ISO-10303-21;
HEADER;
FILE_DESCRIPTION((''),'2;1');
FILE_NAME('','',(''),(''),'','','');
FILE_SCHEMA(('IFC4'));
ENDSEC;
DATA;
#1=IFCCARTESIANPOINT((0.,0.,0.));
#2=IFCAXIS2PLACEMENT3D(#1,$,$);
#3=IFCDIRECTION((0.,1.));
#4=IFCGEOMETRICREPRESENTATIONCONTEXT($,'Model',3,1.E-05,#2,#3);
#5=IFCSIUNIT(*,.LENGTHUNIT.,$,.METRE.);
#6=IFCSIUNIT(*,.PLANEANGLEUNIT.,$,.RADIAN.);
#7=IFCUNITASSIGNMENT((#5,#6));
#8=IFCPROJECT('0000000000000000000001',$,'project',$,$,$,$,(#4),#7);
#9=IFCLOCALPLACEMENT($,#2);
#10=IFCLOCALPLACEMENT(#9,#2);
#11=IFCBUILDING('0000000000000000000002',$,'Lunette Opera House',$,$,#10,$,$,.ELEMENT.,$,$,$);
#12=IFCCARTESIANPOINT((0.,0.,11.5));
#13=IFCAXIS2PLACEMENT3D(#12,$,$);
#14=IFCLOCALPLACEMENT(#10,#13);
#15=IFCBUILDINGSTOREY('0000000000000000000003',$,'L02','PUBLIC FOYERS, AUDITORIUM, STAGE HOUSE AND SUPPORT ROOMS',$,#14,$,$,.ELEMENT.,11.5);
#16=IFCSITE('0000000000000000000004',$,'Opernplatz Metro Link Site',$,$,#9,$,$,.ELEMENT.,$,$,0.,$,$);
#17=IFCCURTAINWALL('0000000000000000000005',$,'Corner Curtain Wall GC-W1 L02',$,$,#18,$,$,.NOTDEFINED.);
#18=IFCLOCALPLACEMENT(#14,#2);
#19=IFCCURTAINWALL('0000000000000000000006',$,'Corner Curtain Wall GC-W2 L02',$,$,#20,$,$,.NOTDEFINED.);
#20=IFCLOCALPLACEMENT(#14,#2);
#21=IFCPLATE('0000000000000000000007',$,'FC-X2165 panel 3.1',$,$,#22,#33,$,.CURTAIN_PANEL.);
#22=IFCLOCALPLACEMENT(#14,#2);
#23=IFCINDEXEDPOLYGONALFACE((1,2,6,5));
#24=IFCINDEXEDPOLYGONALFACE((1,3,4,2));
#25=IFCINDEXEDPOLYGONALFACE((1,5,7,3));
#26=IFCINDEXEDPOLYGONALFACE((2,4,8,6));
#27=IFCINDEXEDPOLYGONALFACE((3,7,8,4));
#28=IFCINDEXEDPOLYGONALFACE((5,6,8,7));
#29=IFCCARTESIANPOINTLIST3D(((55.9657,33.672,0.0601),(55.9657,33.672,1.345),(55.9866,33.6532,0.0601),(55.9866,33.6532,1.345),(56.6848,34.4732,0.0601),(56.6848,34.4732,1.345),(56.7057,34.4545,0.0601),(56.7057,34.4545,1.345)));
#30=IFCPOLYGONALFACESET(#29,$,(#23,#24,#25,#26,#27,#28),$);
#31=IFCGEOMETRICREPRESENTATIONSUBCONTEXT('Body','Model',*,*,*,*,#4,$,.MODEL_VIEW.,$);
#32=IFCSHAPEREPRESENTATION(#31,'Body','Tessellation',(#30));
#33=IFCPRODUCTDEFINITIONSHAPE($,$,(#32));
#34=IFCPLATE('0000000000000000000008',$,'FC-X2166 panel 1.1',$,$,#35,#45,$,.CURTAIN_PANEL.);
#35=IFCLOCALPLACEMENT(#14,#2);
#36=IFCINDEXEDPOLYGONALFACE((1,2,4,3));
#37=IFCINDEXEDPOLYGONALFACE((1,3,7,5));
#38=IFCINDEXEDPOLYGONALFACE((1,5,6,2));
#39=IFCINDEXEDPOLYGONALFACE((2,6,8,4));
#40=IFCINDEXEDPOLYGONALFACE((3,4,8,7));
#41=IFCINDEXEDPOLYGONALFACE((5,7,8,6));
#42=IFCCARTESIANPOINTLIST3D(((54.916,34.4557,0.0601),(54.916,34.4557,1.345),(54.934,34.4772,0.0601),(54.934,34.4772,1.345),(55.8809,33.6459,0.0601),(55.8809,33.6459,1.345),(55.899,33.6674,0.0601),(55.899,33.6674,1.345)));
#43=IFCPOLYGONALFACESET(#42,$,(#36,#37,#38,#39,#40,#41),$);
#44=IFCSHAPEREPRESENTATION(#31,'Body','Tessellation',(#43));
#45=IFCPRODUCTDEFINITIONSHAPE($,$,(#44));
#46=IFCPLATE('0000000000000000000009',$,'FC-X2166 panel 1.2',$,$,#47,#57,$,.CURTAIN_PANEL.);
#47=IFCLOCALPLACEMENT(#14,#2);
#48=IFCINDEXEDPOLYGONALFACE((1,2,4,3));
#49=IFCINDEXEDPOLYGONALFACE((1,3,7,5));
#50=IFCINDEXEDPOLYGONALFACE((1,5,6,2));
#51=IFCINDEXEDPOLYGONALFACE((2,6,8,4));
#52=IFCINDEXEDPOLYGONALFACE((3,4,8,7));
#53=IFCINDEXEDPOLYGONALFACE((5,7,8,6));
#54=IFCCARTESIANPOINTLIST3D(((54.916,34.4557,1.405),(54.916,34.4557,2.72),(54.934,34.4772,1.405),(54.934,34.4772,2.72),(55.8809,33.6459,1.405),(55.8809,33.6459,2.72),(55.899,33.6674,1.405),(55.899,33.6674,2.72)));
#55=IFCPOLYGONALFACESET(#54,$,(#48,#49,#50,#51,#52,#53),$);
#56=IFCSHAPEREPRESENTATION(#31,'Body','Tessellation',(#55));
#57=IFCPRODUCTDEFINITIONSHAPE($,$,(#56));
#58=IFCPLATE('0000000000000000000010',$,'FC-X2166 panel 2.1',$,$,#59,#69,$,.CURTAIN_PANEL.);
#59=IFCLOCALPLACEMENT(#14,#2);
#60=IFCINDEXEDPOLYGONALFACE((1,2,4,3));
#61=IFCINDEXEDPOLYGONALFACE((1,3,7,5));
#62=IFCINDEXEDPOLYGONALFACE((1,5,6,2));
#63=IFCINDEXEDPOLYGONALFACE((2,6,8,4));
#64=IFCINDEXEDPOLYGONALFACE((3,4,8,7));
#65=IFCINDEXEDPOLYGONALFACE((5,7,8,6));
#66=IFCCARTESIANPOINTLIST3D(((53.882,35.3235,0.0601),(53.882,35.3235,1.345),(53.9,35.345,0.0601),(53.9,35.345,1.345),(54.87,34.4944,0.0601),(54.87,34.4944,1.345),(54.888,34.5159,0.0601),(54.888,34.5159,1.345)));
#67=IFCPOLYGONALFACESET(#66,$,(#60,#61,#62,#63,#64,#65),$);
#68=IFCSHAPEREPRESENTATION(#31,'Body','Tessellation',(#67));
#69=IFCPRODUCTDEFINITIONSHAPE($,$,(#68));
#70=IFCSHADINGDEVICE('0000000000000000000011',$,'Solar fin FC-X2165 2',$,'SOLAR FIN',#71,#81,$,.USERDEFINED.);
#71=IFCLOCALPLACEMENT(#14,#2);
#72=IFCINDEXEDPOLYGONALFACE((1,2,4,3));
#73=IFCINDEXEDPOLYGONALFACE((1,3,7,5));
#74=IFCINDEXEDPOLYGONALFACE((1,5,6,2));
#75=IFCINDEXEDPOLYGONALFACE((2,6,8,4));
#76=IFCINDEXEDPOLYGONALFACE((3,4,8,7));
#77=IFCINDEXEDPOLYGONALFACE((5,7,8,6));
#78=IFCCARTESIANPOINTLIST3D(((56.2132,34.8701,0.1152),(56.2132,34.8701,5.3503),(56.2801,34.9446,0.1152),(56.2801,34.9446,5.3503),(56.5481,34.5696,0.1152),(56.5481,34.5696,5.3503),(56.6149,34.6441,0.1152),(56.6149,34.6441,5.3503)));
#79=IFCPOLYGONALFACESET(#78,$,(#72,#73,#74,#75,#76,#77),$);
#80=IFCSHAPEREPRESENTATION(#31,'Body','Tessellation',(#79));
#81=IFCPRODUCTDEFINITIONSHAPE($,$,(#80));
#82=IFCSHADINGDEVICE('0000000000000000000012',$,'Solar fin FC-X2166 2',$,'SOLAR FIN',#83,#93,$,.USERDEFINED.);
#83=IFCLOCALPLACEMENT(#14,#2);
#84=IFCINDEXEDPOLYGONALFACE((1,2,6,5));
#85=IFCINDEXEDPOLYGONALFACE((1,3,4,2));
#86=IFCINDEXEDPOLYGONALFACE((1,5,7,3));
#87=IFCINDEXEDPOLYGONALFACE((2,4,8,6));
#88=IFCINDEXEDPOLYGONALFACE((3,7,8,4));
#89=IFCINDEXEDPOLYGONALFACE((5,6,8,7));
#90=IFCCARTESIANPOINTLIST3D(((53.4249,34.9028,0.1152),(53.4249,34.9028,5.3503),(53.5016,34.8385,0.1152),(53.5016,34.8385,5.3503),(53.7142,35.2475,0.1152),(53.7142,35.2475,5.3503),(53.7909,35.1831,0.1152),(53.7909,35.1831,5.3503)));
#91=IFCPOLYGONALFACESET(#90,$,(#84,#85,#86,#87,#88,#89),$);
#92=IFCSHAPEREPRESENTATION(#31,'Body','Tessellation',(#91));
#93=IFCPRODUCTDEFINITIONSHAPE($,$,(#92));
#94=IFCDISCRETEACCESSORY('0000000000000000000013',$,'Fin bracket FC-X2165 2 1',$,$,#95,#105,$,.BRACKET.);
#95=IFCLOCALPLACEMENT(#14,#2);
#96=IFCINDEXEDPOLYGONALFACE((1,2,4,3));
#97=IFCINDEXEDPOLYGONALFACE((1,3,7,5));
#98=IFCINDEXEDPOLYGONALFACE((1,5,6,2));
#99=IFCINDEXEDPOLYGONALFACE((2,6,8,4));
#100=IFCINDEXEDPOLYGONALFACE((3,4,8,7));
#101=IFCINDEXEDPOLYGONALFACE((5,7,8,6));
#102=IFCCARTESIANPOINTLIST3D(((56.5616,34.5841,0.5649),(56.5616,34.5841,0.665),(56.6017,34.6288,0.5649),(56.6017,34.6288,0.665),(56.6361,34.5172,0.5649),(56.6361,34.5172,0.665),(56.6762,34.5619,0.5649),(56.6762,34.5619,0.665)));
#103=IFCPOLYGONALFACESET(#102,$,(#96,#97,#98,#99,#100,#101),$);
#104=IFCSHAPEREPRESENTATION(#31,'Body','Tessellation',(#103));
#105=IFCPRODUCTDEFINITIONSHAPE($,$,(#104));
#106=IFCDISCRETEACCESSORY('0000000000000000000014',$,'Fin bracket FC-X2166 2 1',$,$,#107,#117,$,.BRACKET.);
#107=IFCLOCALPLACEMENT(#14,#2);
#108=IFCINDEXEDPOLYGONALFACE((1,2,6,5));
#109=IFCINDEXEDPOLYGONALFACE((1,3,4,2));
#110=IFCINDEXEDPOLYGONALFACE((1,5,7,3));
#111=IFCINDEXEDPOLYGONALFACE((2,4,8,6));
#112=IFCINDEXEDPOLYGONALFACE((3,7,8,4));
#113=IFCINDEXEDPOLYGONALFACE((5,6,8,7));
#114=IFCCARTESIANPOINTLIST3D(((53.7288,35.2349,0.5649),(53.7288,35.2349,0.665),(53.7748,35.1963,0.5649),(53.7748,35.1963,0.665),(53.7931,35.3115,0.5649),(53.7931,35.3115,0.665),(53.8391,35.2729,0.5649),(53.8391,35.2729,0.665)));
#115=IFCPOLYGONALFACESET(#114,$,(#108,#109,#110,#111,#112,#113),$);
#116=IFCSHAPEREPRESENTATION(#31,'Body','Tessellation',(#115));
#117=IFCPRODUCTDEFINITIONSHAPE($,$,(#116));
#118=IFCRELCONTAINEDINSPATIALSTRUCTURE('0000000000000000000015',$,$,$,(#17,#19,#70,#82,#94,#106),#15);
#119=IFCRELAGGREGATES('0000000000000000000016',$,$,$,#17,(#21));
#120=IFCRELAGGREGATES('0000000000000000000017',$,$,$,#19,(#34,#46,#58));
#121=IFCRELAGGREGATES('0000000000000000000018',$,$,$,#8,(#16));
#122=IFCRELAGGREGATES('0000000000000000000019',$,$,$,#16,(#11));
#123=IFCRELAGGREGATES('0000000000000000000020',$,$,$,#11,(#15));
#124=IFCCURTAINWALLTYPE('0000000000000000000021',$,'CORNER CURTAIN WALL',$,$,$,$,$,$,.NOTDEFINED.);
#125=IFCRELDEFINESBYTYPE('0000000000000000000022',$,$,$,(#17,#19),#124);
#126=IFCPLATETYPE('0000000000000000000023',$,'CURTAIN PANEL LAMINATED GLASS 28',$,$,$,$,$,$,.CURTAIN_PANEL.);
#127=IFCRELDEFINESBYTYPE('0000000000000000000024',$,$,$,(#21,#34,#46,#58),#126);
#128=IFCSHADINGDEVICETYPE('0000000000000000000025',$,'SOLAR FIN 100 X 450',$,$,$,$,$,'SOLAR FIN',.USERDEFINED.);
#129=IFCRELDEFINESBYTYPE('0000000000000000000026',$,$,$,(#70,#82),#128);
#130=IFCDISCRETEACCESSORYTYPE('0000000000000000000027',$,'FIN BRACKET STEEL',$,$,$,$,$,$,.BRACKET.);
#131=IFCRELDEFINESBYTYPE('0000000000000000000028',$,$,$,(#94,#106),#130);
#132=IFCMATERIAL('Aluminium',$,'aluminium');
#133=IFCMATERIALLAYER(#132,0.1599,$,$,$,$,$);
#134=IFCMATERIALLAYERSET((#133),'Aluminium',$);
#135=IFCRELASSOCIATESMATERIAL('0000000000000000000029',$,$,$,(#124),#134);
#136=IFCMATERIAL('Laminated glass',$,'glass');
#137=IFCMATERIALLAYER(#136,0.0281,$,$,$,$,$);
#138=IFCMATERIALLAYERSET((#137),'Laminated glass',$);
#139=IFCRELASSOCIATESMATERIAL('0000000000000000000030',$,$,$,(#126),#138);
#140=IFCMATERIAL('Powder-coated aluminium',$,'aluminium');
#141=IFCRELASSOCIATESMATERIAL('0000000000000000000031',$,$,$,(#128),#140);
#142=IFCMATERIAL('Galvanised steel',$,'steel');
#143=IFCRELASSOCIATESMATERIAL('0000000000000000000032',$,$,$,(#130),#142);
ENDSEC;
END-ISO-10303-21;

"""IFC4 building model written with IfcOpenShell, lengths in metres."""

from ifc_helpers import new_model, si_unit, direction, frame, origin, origin_2d, place, context, subcontext, project, spatial, rectangle, extrude, material, layer, layer_set, type_object, element, aggregate, save


model = new_model("IFC4")

# Units and contexts
model_context = context("Model", 3, precision=1e-05, world=origin(), true_north=direction((0.0, 1.0)))
body_context = subcontext(model_context, "Body", "Model", "MODEL_VIEW")
ifc_project = project(units=[si_unit("LENGTHUNIT", "METRE"), si_unit("PLANEANGLEUNIT", "RADIAN")], contexts=[model_context])

# Site, building, storey
site_placement = place(None, origin())
site = spatial("IfcSite", under=ifc_project, at=site_placement, Name="Opernplatz Metro Link Site", CompositionType="ELEMENT", RefElevation=0.0)
building_placement = place(site_placement, origin())
building = spatial("IfcBuilding", under=site, at=building_placement, Name="Lunette Opera House", CompositionType="ELEMENT")
storey_placement = place(building_placement, frame((0.0, 0.0, 11.5)))
storey = spatial("IfcBuildingStorey", under=building, at=storey_placement, Name="L02", Description="PUBLIC FOYERS, AUDITORIUM, STAGE HOUSE AND SUPPORT ROOMS", CompositionType="ELEMENT", Elevation=11.5)

# Curtain walls
ifc_material_1 = material(Name="Aluminium", Category="aluminium")
ifc_layer_1 = layer(ifc_material_1, 0.1599)
ifc_layer_set_1 = layer_set([ifc_layer_1], Name="Aluminium")
curtain_wall_type = type_object("IfcCurtainWallType", Name="CORNER CURTAIN WALL", PredefinedType="NOTDEFINED", material=ifc_layer_set_1)
curtain_wall_1_placement = place(storey_placement, origin())
curtain_wall_1 = element("IfcCurtainWall", 1, at=curtain_wall_1_placement, inside=storey, type_object=curtain_wall_type, Name="Corner Curtain Wall GC-W1 L02", PredefinedType="NOTDEFINED")
curtain_wall_2_placement = place(storey_placement, origin())
curtain_wall_2 = element("IfcCurtainWall", 2, at=curtain_wall_2_placement, inside=storey, type_object=curtain_wall_type, Name="Corner Curtain Wall GC-W2 L02", PredefinedType="NOTDEFINED")

# Plates
ifc_material_2 = material(Name="Laminated glass", Category="glass")
ifc_layer_2 = layer(ifc_material_2, 0.0281)
ifc_layer_set_2 = layer_set([ifc_layer_2], Name="Laminated glass")
plate_type = type_object("IfcPlateType", Name="CURTAIN PANEL LAMINATED GLASS 28", PredefinedType="CURTAIN_PANEL", material=ifc_layer_set_2)
plate_1_placement = place(storey_placement, frame((56.3357, 34.0632, 0.0601), z_axis=(0.0, 0.0, 1.0), x_axis=(-0.667938, -0.744217, 0.0)))
plate_1 = element("IfcPlate", 3, at=plate_1_placement, type_object=plate_type, Name="FC-X2165 panel 3.1", PredefinedType="CURTAIN_PANEL", context=body_context, shape_type="SweptSolid", body=[
    extrude(rectangle(XDim=1.0767, YDim=0.0281, at=origin_2d()), origin(), (0.0, 0.0, 1.0), 1.2849),
])
aggregate(curtain_wall_1, [plate_1])
plate_2_placement = place(storey_placement, frame((55.4075, 34.0615, 0.0601), z_axis=(0.0, 0.0, 1.0), x_axis=(-0.766, 0.64284, 0.0)))
plate_2 = element("IfcPlate", 4, at=plate_2_placement, type_object=plate_type, Name="FC-X2166 panel 1.1", PredefinedType="CURTAIN_PANEL", context=body_context, shape_type="SweptSolid", body=[
    extrude(rectangle(XDim=1.2598, YDim=0.0281, at=origin_2d()), origin(), (0.0, 0.0, 1.0), 1.2849),
])
plate_3_placement = place(storey_placement, frame((55.4075, 34.0615, 1.405), z_axis=(0.0, 0.0, 1.0), x_axis=(-0.766, 0.64284, 0.0)))
plate_3 = element("IfcPlate", 5, at=plate_3_placement, type_object=plate_type, Name="FC-X2166 panel 1.2", PredefinedType="CURTAIN_PANEL", context=body_context, shape_type="SweptSolid", body=[
    extrude(rectangle(XDim=1.2598, YDim=0.0281, at=origin_2d()), origin(), (0.0, 0.0, 1.0), 1.3149),
])
plate_4_placement = place(storey_placement, frame((54.385, 34.9197, 0.0601), z_axis=(0.0, 0.0, 1.0), x_axis=(-0.766, 0.64284, 0.0)))
plate_4 = element("IfcPlate", 6, at=plate_4_placement, type_object=plate_type, Name="FC-X2166 panel 2.1", PredefinedType="CURTAIN_PANEL", context=body_context, shape_type="SweptSolid", body=[
    extrude(rectangle(XDim=1.2898, YDim=0.0281, at=origin_2d()), origin(), (0.0, 0.0, 1.0), 1.2849),
])
aggregate(curtain_wall_2, [plate_2, plate_3, plate_4])

# Shading devices
ifc_material_3 = material(Name="Powder-coated aluminium", Category="aluminium")
shading_device_type = type_object("IfcShadingDeviceType", Name="SOLAR FIN 100 X 450", ElementType="SOLAR FIN", PredefinedType="USERDEFINED", material=ifc_material_3)
for number, where, z_axis, x_axis, name in (
    (7, (56.4141, 34.7571, 0.1152), (0.0, 0.0, 1.0), (-0.744217, 0.667938, 0.0), "Solar fin FC-X2165 2"),
    (8, (53.6079, 35.043, 0.1152), (0.0, 0.0, 1.0), (-0.64284, -0.766001, 0.0), "Solar fin FC-X2166 2"),
):
    element("IfcShadingDevice", number, at=place(storey_placement, frame(where, z_axis=z_axis, x_axis=x_axis)), inside=storey, type_object=shading_device_type, Name=name, ObjectType="SOLAR FIN", PredefinedType="USERDEFINED", context=body_context, shape_type="SweptSolid", body=[
        extrude(rectangle(XDim=0.45, YDim=0.1001, at=origin_2d()), origin(), (0.0, 0.0, 1.0), 5.2351),
    ])

# Discrete accessories
ifc_material_4 = material(Name="Galvanised steel", Category="steel")
discrete_accessory_type = type_object("IfcDiscreteAccessoryType", Name="FIN BRACKET STEEL", PredefinedType="BRACKET", material=ifc_material_4)
for number, where, z_axis, x_axis, name in (
    (9, (56.6189, 34.573, 0.5649), (0.0, 0.0, 1.0), (-0.744217, 0.667938, 0.0), "Fin bracket FC-X2165 2 1"),
    (10, (53.7839, 35.2539, 0.5649), (0.0, 0.0, 1.0), (-0.64284, -0.766001, 0.0), "Fin bracket FC-X2166 2 1"),
):
    element("IfcDiscreteAccessory", number, at=place(storey_placement, frame(where, z_axis=z_axis, x_axis=x_axis)), inside=storey, type_object=discrete_accessory_type, Name=name, PredefinedType="BRACKET", context=body_context, shape_type="SweptSolid", body=[
        extrude(rectangle(XDim=0.1001, YDim=0.0601, at=origin_2d()), origin(), (0.0, 0.0, 1.0), 0.1001),
    ])

save(model, "model.ifc")
